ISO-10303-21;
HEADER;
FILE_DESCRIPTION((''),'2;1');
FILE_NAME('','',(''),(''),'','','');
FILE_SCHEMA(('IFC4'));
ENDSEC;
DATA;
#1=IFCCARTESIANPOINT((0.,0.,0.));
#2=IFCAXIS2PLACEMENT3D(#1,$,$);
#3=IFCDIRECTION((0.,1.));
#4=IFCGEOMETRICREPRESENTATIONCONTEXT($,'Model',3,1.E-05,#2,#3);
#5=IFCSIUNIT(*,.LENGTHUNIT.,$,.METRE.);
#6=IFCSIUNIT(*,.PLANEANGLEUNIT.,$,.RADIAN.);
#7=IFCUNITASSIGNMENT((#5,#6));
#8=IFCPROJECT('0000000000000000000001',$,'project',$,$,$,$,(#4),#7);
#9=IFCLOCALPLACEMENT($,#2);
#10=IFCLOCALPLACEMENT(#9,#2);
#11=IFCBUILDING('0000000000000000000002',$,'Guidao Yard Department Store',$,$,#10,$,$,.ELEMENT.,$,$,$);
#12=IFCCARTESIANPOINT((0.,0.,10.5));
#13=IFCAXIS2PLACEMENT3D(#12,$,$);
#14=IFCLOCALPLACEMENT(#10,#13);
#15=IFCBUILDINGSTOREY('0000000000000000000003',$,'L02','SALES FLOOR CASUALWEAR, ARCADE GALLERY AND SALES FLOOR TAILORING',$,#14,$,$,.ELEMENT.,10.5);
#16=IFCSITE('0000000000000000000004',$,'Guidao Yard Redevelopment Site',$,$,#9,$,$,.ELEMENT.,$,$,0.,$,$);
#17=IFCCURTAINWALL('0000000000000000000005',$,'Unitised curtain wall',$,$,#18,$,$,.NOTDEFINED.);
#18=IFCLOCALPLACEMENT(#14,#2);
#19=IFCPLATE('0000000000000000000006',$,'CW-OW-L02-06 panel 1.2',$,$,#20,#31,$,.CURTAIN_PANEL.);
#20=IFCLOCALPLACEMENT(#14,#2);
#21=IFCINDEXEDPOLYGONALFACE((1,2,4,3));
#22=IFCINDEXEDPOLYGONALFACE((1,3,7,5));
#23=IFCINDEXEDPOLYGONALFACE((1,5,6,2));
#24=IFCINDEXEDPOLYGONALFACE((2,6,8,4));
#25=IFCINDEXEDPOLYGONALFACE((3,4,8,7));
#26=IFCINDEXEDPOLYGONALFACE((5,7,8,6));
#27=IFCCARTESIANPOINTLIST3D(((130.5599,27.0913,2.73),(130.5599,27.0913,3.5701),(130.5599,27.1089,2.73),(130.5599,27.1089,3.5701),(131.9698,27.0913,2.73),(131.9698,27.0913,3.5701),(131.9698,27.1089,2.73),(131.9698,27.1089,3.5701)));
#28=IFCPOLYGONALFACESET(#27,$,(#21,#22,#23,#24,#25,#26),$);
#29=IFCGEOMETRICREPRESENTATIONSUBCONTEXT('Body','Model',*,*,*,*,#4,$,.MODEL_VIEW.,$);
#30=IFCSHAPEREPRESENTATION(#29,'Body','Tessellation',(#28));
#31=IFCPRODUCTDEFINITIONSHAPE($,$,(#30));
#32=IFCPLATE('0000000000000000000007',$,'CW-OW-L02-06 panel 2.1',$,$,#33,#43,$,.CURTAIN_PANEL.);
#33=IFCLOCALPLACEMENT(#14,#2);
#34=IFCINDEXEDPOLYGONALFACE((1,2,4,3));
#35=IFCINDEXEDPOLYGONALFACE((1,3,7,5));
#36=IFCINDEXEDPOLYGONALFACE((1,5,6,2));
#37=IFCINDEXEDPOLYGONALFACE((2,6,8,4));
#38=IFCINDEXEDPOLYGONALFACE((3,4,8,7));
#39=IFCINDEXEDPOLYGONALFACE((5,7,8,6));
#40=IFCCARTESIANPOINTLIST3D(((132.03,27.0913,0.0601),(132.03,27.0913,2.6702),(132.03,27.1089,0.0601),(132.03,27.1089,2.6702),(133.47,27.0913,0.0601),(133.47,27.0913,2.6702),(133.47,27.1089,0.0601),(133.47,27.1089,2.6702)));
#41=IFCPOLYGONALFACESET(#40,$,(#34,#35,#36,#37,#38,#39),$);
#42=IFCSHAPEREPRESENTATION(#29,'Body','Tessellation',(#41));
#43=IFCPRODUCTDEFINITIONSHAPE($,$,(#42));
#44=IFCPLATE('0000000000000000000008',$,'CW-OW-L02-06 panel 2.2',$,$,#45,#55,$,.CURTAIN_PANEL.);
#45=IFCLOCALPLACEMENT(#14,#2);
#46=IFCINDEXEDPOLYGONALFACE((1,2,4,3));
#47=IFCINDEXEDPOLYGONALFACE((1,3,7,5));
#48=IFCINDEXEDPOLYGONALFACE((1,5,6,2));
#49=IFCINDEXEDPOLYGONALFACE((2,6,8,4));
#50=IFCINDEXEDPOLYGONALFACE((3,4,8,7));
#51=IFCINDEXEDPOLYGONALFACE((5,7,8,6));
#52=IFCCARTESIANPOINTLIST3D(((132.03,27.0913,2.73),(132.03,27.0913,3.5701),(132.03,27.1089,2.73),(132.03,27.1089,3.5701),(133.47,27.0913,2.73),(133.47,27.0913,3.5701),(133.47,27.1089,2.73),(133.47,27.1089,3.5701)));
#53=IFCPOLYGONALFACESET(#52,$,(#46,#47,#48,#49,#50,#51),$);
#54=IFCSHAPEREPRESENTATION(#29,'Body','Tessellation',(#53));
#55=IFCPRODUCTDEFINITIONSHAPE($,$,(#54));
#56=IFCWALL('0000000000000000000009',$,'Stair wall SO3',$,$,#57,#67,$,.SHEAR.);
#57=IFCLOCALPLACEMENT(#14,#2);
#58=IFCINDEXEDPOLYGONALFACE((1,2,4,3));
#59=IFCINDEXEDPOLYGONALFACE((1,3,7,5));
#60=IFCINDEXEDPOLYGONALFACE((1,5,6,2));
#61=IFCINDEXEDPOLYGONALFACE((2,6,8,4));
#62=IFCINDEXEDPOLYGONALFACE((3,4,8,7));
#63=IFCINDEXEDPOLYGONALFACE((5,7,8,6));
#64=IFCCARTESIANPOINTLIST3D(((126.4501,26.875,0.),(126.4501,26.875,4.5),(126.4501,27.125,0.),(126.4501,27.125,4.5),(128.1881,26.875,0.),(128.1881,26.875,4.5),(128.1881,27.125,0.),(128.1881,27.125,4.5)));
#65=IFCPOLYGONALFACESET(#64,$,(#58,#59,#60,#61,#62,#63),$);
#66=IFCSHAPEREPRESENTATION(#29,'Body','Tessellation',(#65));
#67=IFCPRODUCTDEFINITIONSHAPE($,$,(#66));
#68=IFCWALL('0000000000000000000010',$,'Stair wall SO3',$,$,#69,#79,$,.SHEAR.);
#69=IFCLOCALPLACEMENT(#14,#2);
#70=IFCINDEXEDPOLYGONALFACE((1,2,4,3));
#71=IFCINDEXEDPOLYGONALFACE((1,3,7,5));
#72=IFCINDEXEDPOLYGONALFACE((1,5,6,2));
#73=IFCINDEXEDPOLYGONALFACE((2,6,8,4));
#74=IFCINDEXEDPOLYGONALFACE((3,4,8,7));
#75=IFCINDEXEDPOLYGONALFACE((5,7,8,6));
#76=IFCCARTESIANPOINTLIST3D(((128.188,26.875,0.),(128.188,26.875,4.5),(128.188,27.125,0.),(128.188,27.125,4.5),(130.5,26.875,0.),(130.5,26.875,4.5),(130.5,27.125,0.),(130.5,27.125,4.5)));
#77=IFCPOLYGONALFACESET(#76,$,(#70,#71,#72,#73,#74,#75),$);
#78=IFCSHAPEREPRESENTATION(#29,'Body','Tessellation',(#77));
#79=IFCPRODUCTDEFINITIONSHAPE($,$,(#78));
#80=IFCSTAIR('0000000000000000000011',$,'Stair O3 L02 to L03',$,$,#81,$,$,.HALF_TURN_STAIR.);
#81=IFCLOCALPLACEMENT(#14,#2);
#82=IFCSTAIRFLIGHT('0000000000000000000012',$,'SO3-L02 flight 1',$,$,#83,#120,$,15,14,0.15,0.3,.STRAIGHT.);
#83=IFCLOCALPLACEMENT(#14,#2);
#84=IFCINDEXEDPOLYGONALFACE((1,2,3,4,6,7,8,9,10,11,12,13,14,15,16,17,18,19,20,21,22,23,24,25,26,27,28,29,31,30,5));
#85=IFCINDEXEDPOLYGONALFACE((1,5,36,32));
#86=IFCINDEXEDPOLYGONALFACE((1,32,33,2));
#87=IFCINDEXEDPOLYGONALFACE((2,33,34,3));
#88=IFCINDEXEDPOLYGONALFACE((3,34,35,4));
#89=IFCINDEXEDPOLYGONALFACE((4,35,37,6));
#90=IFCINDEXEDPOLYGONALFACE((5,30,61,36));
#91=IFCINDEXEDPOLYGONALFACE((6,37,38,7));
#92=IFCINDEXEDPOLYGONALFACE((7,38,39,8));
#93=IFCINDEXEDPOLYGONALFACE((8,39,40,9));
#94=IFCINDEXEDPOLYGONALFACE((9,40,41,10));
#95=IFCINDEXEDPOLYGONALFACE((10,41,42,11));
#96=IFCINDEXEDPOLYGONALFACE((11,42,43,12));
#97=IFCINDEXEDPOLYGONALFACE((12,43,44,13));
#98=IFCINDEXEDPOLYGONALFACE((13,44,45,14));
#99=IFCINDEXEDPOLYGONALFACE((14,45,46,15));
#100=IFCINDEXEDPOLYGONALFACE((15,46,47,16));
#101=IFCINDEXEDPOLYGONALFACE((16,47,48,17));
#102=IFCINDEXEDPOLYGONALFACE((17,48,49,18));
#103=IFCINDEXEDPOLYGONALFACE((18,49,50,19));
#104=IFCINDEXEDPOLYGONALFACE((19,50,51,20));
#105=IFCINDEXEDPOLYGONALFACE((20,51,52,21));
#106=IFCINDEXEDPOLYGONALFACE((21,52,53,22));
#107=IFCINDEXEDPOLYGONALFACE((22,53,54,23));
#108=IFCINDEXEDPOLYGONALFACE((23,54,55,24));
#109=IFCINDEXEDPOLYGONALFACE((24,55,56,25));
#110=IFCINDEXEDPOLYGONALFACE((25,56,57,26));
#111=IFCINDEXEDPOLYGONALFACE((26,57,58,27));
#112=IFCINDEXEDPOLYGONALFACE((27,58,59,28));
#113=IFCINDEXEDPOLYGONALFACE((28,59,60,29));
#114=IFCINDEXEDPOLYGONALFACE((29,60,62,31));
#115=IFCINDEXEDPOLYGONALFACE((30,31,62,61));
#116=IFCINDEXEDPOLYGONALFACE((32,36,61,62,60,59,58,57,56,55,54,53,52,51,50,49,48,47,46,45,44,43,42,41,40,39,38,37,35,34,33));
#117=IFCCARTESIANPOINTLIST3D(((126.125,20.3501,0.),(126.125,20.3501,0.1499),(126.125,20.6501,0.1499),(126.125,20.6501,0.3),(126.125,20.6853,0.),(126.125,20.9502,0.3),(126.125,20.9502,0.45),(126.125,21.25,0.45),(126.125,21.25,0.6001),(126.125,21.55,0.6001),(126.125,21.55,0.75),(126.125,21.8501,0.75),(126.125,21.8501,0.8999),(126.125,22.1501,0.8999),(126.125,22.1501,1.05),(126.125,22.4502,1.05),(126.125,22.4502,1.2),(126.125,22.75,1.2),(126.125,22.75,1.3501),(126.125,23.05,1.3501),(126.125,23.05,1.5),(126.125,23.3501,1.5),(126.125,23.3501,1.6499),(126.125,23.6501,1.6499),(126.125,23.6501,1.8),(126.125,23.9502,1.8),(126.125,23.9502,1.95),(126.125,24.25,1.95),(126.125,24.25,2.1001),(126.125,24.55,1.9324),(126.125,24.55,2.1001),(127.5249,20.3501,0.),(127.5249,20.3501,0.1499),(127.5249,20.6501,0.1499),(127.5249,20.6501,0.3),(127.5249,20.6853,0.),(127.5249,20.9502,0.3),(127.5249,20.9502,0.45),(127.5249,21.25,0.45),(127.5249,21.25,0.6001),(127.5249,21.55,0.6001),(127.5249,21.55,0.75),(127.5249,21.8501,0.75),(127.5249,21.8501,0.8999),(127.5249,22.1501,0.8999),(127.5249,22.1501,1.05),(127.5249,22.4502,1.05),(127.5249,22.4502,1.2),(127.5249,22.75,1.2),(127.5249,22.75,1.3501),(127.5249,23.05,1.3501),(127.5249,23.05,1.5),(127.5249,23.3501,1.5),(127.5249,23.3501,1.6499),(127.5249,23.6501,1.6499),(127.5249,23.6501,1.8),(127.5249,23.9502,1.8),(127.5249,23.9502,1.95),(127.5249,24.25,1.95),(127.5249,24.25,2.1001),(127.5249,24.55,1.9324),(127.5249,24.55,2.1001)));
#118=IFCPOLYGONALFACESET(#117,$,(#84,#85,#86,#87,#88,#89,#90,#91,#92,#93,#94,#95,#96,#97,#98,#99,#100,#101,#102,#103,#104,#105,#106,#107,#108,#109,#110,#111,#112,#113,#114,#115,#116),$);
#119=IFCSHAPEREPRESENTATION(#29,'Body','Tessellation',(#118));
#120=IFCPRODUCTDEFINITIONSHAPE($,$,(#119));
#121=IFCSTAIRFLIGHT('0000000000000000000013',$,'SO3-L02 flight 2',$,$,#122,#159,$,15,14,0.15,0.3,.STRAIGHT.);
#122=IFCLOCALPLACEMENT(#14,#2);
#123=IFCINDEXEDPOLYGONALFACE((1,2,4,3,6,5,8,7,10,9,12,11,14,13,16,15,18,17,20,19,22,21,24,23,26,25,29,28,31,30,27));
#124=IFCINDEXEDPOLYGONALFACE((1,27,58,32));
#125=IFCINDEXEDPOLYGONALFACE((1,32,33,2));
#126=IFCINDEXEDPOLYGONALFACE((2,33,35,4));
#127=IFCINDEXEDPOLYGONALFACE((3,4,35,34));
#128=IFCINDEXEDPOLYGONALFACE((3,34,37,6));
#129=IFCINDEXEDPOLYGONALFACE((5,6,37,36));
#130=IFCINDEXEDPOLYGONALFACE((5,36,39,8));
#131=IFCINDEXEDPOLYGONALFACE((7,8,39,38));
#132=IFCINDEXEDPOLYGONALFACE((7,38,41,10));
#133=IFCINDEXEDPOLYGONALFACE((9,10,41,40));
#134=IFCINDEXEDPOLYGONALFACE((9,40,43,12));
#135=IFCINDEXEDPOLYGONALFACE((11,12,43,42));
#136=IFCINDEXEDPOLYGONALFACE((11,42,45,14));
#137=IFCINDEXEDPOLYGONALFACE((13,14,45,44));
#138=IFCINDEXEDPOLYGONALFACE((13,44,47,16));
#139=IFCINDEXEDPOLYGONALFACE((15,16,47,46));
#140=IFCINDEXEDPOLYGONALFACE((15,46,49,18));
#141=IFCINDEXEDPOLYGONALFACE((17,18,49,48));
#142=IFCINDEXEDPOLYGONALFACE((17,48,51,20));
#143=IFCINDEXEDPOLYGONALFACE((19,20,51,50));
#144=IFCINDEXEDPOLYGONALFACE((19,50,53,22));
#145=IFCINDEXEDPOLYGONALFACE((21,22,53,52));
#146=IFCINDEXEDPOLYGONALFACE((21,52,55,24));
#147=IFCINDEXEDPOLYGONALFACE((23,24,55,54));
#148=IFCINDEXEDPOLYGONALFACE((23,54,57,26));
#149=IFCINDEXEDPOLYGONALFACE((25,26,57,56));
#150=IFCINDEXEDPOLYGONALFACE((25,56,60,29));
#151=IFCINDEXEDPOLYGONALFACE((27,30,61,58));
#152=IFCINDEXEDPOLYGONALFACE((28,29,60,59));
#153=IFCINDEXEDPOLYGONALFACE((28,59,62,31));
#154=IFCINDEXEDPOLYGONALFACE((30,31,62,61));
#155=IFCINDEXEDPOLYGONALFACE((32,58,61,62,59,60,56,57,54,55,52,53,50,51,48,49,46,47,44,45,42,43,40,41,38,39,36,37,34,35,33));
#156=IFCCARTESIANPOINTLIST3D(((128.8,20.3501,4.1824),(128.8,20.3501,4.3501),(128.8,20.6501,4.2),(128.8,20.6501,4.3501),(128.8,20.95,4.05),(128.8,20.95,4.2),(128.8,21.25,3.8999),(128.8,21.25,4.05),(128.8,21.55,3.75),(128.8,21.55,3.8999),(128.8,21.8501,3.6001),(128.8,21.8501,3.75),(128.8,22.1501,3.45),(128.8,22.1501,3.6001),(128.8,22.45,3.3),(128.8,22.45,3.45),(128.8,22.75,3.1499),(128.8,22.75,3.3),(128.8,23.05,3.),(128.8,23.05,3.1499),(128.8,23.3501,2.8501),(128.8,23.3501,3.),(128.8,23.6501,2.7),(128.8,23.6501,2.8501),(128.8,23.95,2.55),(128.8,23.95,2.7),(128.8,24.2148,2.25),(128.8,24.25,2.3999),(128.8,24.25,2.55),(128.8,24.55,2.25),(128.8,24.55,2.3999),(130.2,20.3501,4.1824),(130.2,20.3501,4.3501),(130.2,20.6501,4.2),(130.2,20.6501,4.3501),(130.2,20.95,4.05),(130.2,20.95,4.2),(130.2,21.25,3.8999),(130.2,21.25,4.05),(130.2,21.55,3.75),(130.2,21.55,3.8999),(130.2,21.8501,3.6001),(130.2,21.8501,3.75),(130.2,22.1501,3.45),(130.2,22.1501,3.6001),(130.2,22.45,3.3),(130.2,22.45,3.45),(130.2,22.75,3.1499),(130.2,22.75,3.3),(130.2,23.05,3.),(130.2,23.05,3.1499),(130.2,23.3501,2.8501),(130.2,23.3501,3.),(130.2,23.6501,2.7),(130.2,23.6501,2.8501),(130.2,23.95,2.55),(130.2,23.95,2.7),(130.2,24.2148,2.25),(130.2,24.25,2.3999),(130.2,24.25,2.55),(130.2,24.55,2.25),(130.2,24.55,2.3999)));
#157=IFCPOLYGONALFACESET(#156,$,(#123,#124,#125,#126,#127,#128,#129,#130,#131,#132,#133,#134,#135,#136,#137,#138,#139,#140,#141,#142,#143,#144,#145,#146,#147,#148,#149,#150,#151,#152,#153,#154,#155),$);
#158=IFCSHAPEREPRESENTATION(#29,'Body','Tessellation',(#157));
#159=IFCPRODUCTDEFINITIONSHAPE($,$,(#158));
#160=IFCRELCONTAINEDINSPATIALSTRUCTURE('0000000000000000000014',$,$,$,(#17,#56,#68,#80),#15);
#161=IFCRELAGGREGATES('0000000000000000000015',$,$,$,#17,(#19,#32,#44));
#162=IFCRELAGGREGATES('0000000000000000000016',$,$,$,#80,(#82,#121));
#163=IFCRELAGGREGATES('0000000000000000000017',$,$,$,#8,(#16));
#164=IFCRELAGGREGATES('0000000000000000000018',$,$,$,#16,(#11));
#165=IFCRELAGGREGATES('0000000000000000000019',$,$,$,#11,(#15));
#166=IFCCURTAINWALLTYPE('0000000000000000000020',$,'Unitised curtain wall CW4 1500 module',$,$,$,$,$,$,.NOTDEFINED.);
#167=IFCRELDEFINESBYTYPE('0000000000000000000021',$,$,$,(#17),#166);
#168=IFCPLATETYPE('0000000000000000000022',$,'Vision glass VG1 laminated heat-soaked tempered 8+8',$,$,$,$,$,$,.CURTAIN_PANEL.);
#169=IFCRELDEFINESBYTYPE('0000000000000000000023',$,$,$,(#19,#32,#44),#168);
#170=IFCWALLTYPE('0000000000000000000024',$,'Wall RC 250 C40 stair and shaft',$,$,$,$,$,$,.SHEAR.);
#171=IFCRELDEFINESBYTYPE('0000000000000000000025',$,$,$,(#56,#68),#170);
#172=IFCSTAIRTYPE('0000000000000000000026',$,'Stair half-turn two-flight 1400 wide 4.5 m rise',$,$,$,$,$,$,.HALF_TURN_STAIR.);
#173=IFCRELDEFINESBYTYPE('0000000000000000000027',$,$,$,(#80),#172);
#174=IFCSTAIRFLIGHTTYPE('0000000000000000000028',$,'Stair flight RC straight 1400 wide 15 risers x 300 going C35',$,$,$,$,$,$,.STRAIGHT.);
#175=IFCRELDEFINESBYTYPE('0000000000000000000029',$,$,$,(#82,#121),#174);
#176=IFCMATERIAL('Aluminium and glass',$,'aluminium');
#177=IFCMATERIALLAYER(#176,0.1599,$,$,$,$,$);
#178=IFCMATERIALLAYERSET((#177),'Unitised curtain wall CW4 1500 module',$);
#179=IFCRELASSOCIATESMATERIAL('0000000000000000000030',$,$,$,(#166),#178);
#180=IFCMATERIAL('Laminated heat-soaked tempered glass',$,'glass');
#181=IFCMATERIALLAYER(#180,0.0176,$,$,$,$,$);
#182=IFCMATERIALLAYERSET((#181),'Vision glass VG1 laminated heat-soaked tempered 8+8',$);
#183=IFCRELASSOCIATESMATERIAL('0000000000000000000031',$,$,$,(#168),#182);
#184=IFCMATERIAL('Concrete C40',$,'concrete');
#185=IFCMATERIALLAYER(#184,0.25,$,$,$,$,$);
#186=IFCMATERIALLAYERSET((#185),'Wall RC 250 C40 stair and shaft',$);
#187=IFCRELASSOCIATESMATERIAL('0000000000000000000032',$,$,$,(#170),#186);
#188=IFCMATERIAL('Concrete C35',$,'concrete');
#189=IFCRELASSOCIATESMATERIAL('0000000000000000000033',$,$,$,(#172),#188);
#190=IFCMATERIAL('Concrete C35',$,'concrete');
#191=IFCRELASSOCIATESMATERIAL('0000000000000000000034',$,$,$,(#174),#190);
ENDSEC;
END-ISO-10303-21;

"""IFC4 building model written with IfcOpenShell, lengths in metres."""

from ifc_helpers import new_model, si_unit, direction, frame, frame_2d, origin, origin_2d, place, context, subcontext, project, spatial, polyline, rectangle, outline, extrude, material, layer, layer_set, type_object, element, aggregate, save


model = new_model("IFC4")

# Units and contexts
model_context = context("Model", 3, precision=1e-05, world=origin(), true_north=direction((0.0, 1.0)))
body_context = subcontext(model_context, "Body", "Model", "MODEL_VIEW")
ifc_project = project(units=[si_unit("LENGTHUNIT", "METRE"), si_unit("PLANEANGLEUNIT", "RADIAN")], contexts=[model_context])

# Site, building, storey
site_placement = place(None, origin())
site = spatial("IfcSite", under=ifc_project, at=site_placement, Name="Guidao Yard Redevelopment Site", CompositionType="ELEMENT", RefElevation=0.0)
building_placement = place(site_placement, origin())
building = spatial("IfcBuilding", under=site, at=building_placement, Name="Guidao Yard Department Store", CompositionType="ELEMENT")
storey_placement = place(building_placement, frame((0.0, 0.0, 10.5)))
storey = spatial("IfcBuildingStorey", under=building, at=storey_placement, Name="L02", Description="SALES FLOOR CASUALWEAR, ARCADE GALLERY AND SALES FLOOR TAILORING", CompositionType="ELEMENT", Elevation=10.5)

# Curtain wall, plates
ifc_material_1 = material(Name="Aluminium and glass", Category="aluminium")
ifc_layer_1 = layer(ifc_material_1, 0.1599)
ifc_layer_set_1 = layer_set([ifc_layer_1], Name="Unitised curtain wall CW4 1500 module")
curtain_wall_type = type_object("IfcCurtainWallType", Name="Unitised curtain wall CW4 1500 module", PredefinedType="NOTDEFINED", material=ifc_layer_set_1)
curtain_wall_placement = place(storey_placement, origin())
curtain_wall = element("IfcCurtainWall", 1, at=curtain_wall_placement, inside=storey, type_object=curtain_wall_type, Name="Unitised curtain wall", PredefinedType="NOTDEFINED")
ifc_material_2 = material(Name="Laminated heat-soaked tempered glass", Category="glass")
ifc_layer_2 = layer(ifc_material_2, 0.0176)
ifc_layer_set_2 = layer_set([ifc_layer_2], Name="Vision glass VG1 laminated heat-soaked tempered 8+8")
plate_type_1 = type_object("IfcPlateType", Name="Vision glass VG1 laminated heat-soaked tempered 8+8", PredefinedType="CURTAIN_PANEL", material=ifc_layer_set_2)
plate_1_placement = place(storey_placement, frame((131.2649, 27.1001, 2.73), z_axis=(0.0, 0.0, 1.0), x_axis=(1.0, 0.0, 0.0)))
plate_1 = element("IfcPlate", 2, at=plate_1_placement, type_object=plate_type_1, Name="CW-OW-L02-06 panel 1.2", PredefinedType="CURTAIN_PANEL", context=body_context, shape_type="SweptSolid", body=[
    extrude(rectangle(XDim=1.4099, YDim=0.0176, at=origin_2d()), origin(), (0.0, 0.0, 1.0), 0.8401),
])
plate_2_placement = place(storey_placement, frame((132.75, 27.1001, 0.0601), z_axis=(0.0, 0.0, 1.0), x_axis=(1.0, 0.0, 0.0)))
plate_2 = element("IfcPlate", 3, at=plate_2_placement, type_object=plate_type_1, Name="CW-OW-L02-06 panel 2.1", PredefinedType="CURTAIN_PANEL", context=body_context, shape_type="SweptSolid", body=[
    extrude(rectangle(XDim=1.4399, YDim=0.0176, at=origin_2d()), origin(), (0.0, 0.0, 1.0), 2.6101),
])
plate_3_placement = place(storey_placement, frame((132.75, 27.1001, 2.73), z_axis=(0.0, 0.0, 1.0), x_axis=(1.0, 0.0, 0.0)))
plate_3 = element("IfcPlate", 4, at=plate_3_placement, type_object=plate_type_1, Name="CW-OW-L02-06 panel 2.2", PredefinedType="CURTAIN_PANEL", context=body_context, shape_type="SweptSolid", body=[
    extrude(rectangle(XDim=1.4399, YDim=0.0176, at=origin_2d()), origin(), (0.0, 0.0, 1.0), 0.8401),
])
aggregate(curtain_wall, [plate_1, plate_2, plate_3])

# Walls
ifc_material_3 = material(Name="Concrete C40", Category="concrete")
ifc_layer_3 = layer(ifc_material_3, 0.25)
ifc_layer_set_3 = layer_set([ifc_layer_3], Name="Wall RC 250 C40 stair and shaft")
wall_type = type_object("IfcWallType", Name="Wall RC 250 C40 stair and shaft", PredefinedType="SHEAR", material=ifc_layer_set_3)
wall_1_placement = place(storey_placement, frame((126.45, 27.0, 0.0), z_axis=(0.0, 0.0, 1.0), x_axis=(1.0, 0.0, 0.0)))
element("IfcWall", 5, at=wall_1_placement, inside=storey, type_object=wall_type, Name="Stair wall SO3", PredefinedType="SHEAR", context=body_context, shape_type="SweptSolid", body=[
    extrude(rectangle(XDim=1.738, YDim=0.25, at=frame_2d((0.8691, 0.0))), origin(), (0.0, 0.0, 1.0), 4.5),
])
wall_2_placement = place(storey_placement, frame((128.188, 27.0, 0.0), z_axis=(0.0, 0.0, 1.0), x_axis=(1.0, 0.0, 0.0)))
element("IfcWall", 6, at=wall_2_placement, inside=storey, type_object=wall_type, Name="Stair wall SO3", PredefinedType="SHEAR", context=body_context, shape_type="SweptSolid", body=[
    extrude(rectangle(XDim=2.312, YDim=0.25, at=frame_2d((1.156, 0.0))), origin(), (0.0, 0.0, 1.0), 4.5),
])

# Stair, stair flights
ifc_material_4 = material(Name="Concrete C35", Category="concrete")
stair_type = type_object("IfcStairType", Name="Stair half-turn two-flight 1400 wide 4.5 m rise", PredefinedType="HALF_TURN_STAIR", material=ifc_material_4)
stair_placement = place(storey_placement, origin())
stair = element("IfcStair", 7, at=stair_placement, inside=storey, type_object=stair_type, Name="Stair O3 L02 to L03", PredefinedType="HALF_TURN_STAIR")
ifc_material_5 = material(Name="Concrete C35", Category="concrete")
stair_flight_type = type_object("IfcStairFlightType", Name="Stair flight RC straight 1400 wide 15 risers x 300 going C35", PredefinedType="STRAIGHT", material=ifc_material_5)
stair_flight_1_placement = place(storey_placement, frame((126.825, 20.3501, 0.0), z_axis=(0.0, 0.0, 1.0), x_axis=(0.0, 1.0, 0.0)))
stair_flight_1 = element("IfcStairFlight", 8, at=stair_flight_1_placement, type_object=stair_flight_type, Name="SO3-L02 flight 1", NumberOfRisers=15, NumberOfTreads=14, PredefinedType="STRAIGHT", RiserHeight=0.15, TreadLength=0.3, context=body_context, shape_type="SweptSolid", body=[
    extrude(outline(polyline([(0.0, 0.0), (0.0, 0.1499), (0.3, 0.1499), (0.3, 0.3), (0.6001, 0.3), (0.6001, 0.45), (0.8999, 0.45), (0.8999, 0.6001), (1.2, 0.6001), (1.2, 0.75), (1.5, 0.75), (1.5, 0.8999), (1.8, 0.8999), (1.8, 1.05), (2.1001, 1.05), (2.1001, 1.2), (2.3999, 1.2), (2.3999, 1.3501), (2.7, 1.3501), (2.7, 1.5), (3.0, 1.5), (3.0, 1.6499), (3.3, 1.6499), (3.3, 1.8), (3.6001, 1.8), (3.6001, 1.95), (3.8999, 1.95), (3.8999, 2.1001), (4.2, 2.1001), (4.2, 2.25), (4.2, 1.9324), (0.3352, 0.0), (0.0, 0.0)])), frame((0.0, 0.7, 0.0), z_axis=(0.0, -1.0, 0.0), x_axis=(1.0, 0.0, 0.0)), (0.0, 0.0, 1.0), 1.3999),
])
stair_flight_2_placement = place(storey_placement, frame((129.5, 24.55, 2.25), z_axis=(0.0, 0.0, 1.0), x_axis=(0.0, -1.0, 0.0)))
stair_flight_2 = element("IfcStairFlight", 9, at=stair_flight_2_placement, type_object=stair_flight_type, Name="SO3-L02 flight 2", NumberOfRisers=15, NumberOfTreads=14, PredefinedType="STRAIGHT", RiserHeight=0.15, TreadLength=0.3, context=body_context, shape_type="SweptSolid", body=[
    extrude(outline(polyline([(0.0, 0.0), (0.0, 0.1499), (0.3, 0.1499), (0.3, 0.3), (0.6001, 0.3), (0.6001, 0.45), (0.8999, 0.45), (0.8999, 0.6001), (1.2, 0.6001), (1.2, 0.75), (1.5, 0.75), (1.5, 0.8999), (1.8, 0.8999), (1.8, 1.05), (2.1001, 1.05), (2.1001, 1.2), (2.3999, 1.2), (2.3999, 1.3501), (2.7, 1.3501), (2.7, 1.5), (3.0, 1.5), (3.0, 1.6499), (3.3, 1.6499), (3.3, 1.8), (3.6001, 1.8), (3.6001, 1.95), (3.8999, 1.95), (3.8999, 2.1001), (4.2, 2.1001), (4.2, 2.25), (4.2, 1.9324), (0.3352, 0.0), (0.0, 0.0)])), frame((0.0, 0.7, 0.0), z_axis=(0.0, -1.0, 0.0), x_axis=(1.0, 0.0, 0.0)), (0.0, 0.0, 1.0), 1.3999),
])
aggregate(stair, [stair_flight_1, stair_flight_2])

save(model, "model.ifc")
